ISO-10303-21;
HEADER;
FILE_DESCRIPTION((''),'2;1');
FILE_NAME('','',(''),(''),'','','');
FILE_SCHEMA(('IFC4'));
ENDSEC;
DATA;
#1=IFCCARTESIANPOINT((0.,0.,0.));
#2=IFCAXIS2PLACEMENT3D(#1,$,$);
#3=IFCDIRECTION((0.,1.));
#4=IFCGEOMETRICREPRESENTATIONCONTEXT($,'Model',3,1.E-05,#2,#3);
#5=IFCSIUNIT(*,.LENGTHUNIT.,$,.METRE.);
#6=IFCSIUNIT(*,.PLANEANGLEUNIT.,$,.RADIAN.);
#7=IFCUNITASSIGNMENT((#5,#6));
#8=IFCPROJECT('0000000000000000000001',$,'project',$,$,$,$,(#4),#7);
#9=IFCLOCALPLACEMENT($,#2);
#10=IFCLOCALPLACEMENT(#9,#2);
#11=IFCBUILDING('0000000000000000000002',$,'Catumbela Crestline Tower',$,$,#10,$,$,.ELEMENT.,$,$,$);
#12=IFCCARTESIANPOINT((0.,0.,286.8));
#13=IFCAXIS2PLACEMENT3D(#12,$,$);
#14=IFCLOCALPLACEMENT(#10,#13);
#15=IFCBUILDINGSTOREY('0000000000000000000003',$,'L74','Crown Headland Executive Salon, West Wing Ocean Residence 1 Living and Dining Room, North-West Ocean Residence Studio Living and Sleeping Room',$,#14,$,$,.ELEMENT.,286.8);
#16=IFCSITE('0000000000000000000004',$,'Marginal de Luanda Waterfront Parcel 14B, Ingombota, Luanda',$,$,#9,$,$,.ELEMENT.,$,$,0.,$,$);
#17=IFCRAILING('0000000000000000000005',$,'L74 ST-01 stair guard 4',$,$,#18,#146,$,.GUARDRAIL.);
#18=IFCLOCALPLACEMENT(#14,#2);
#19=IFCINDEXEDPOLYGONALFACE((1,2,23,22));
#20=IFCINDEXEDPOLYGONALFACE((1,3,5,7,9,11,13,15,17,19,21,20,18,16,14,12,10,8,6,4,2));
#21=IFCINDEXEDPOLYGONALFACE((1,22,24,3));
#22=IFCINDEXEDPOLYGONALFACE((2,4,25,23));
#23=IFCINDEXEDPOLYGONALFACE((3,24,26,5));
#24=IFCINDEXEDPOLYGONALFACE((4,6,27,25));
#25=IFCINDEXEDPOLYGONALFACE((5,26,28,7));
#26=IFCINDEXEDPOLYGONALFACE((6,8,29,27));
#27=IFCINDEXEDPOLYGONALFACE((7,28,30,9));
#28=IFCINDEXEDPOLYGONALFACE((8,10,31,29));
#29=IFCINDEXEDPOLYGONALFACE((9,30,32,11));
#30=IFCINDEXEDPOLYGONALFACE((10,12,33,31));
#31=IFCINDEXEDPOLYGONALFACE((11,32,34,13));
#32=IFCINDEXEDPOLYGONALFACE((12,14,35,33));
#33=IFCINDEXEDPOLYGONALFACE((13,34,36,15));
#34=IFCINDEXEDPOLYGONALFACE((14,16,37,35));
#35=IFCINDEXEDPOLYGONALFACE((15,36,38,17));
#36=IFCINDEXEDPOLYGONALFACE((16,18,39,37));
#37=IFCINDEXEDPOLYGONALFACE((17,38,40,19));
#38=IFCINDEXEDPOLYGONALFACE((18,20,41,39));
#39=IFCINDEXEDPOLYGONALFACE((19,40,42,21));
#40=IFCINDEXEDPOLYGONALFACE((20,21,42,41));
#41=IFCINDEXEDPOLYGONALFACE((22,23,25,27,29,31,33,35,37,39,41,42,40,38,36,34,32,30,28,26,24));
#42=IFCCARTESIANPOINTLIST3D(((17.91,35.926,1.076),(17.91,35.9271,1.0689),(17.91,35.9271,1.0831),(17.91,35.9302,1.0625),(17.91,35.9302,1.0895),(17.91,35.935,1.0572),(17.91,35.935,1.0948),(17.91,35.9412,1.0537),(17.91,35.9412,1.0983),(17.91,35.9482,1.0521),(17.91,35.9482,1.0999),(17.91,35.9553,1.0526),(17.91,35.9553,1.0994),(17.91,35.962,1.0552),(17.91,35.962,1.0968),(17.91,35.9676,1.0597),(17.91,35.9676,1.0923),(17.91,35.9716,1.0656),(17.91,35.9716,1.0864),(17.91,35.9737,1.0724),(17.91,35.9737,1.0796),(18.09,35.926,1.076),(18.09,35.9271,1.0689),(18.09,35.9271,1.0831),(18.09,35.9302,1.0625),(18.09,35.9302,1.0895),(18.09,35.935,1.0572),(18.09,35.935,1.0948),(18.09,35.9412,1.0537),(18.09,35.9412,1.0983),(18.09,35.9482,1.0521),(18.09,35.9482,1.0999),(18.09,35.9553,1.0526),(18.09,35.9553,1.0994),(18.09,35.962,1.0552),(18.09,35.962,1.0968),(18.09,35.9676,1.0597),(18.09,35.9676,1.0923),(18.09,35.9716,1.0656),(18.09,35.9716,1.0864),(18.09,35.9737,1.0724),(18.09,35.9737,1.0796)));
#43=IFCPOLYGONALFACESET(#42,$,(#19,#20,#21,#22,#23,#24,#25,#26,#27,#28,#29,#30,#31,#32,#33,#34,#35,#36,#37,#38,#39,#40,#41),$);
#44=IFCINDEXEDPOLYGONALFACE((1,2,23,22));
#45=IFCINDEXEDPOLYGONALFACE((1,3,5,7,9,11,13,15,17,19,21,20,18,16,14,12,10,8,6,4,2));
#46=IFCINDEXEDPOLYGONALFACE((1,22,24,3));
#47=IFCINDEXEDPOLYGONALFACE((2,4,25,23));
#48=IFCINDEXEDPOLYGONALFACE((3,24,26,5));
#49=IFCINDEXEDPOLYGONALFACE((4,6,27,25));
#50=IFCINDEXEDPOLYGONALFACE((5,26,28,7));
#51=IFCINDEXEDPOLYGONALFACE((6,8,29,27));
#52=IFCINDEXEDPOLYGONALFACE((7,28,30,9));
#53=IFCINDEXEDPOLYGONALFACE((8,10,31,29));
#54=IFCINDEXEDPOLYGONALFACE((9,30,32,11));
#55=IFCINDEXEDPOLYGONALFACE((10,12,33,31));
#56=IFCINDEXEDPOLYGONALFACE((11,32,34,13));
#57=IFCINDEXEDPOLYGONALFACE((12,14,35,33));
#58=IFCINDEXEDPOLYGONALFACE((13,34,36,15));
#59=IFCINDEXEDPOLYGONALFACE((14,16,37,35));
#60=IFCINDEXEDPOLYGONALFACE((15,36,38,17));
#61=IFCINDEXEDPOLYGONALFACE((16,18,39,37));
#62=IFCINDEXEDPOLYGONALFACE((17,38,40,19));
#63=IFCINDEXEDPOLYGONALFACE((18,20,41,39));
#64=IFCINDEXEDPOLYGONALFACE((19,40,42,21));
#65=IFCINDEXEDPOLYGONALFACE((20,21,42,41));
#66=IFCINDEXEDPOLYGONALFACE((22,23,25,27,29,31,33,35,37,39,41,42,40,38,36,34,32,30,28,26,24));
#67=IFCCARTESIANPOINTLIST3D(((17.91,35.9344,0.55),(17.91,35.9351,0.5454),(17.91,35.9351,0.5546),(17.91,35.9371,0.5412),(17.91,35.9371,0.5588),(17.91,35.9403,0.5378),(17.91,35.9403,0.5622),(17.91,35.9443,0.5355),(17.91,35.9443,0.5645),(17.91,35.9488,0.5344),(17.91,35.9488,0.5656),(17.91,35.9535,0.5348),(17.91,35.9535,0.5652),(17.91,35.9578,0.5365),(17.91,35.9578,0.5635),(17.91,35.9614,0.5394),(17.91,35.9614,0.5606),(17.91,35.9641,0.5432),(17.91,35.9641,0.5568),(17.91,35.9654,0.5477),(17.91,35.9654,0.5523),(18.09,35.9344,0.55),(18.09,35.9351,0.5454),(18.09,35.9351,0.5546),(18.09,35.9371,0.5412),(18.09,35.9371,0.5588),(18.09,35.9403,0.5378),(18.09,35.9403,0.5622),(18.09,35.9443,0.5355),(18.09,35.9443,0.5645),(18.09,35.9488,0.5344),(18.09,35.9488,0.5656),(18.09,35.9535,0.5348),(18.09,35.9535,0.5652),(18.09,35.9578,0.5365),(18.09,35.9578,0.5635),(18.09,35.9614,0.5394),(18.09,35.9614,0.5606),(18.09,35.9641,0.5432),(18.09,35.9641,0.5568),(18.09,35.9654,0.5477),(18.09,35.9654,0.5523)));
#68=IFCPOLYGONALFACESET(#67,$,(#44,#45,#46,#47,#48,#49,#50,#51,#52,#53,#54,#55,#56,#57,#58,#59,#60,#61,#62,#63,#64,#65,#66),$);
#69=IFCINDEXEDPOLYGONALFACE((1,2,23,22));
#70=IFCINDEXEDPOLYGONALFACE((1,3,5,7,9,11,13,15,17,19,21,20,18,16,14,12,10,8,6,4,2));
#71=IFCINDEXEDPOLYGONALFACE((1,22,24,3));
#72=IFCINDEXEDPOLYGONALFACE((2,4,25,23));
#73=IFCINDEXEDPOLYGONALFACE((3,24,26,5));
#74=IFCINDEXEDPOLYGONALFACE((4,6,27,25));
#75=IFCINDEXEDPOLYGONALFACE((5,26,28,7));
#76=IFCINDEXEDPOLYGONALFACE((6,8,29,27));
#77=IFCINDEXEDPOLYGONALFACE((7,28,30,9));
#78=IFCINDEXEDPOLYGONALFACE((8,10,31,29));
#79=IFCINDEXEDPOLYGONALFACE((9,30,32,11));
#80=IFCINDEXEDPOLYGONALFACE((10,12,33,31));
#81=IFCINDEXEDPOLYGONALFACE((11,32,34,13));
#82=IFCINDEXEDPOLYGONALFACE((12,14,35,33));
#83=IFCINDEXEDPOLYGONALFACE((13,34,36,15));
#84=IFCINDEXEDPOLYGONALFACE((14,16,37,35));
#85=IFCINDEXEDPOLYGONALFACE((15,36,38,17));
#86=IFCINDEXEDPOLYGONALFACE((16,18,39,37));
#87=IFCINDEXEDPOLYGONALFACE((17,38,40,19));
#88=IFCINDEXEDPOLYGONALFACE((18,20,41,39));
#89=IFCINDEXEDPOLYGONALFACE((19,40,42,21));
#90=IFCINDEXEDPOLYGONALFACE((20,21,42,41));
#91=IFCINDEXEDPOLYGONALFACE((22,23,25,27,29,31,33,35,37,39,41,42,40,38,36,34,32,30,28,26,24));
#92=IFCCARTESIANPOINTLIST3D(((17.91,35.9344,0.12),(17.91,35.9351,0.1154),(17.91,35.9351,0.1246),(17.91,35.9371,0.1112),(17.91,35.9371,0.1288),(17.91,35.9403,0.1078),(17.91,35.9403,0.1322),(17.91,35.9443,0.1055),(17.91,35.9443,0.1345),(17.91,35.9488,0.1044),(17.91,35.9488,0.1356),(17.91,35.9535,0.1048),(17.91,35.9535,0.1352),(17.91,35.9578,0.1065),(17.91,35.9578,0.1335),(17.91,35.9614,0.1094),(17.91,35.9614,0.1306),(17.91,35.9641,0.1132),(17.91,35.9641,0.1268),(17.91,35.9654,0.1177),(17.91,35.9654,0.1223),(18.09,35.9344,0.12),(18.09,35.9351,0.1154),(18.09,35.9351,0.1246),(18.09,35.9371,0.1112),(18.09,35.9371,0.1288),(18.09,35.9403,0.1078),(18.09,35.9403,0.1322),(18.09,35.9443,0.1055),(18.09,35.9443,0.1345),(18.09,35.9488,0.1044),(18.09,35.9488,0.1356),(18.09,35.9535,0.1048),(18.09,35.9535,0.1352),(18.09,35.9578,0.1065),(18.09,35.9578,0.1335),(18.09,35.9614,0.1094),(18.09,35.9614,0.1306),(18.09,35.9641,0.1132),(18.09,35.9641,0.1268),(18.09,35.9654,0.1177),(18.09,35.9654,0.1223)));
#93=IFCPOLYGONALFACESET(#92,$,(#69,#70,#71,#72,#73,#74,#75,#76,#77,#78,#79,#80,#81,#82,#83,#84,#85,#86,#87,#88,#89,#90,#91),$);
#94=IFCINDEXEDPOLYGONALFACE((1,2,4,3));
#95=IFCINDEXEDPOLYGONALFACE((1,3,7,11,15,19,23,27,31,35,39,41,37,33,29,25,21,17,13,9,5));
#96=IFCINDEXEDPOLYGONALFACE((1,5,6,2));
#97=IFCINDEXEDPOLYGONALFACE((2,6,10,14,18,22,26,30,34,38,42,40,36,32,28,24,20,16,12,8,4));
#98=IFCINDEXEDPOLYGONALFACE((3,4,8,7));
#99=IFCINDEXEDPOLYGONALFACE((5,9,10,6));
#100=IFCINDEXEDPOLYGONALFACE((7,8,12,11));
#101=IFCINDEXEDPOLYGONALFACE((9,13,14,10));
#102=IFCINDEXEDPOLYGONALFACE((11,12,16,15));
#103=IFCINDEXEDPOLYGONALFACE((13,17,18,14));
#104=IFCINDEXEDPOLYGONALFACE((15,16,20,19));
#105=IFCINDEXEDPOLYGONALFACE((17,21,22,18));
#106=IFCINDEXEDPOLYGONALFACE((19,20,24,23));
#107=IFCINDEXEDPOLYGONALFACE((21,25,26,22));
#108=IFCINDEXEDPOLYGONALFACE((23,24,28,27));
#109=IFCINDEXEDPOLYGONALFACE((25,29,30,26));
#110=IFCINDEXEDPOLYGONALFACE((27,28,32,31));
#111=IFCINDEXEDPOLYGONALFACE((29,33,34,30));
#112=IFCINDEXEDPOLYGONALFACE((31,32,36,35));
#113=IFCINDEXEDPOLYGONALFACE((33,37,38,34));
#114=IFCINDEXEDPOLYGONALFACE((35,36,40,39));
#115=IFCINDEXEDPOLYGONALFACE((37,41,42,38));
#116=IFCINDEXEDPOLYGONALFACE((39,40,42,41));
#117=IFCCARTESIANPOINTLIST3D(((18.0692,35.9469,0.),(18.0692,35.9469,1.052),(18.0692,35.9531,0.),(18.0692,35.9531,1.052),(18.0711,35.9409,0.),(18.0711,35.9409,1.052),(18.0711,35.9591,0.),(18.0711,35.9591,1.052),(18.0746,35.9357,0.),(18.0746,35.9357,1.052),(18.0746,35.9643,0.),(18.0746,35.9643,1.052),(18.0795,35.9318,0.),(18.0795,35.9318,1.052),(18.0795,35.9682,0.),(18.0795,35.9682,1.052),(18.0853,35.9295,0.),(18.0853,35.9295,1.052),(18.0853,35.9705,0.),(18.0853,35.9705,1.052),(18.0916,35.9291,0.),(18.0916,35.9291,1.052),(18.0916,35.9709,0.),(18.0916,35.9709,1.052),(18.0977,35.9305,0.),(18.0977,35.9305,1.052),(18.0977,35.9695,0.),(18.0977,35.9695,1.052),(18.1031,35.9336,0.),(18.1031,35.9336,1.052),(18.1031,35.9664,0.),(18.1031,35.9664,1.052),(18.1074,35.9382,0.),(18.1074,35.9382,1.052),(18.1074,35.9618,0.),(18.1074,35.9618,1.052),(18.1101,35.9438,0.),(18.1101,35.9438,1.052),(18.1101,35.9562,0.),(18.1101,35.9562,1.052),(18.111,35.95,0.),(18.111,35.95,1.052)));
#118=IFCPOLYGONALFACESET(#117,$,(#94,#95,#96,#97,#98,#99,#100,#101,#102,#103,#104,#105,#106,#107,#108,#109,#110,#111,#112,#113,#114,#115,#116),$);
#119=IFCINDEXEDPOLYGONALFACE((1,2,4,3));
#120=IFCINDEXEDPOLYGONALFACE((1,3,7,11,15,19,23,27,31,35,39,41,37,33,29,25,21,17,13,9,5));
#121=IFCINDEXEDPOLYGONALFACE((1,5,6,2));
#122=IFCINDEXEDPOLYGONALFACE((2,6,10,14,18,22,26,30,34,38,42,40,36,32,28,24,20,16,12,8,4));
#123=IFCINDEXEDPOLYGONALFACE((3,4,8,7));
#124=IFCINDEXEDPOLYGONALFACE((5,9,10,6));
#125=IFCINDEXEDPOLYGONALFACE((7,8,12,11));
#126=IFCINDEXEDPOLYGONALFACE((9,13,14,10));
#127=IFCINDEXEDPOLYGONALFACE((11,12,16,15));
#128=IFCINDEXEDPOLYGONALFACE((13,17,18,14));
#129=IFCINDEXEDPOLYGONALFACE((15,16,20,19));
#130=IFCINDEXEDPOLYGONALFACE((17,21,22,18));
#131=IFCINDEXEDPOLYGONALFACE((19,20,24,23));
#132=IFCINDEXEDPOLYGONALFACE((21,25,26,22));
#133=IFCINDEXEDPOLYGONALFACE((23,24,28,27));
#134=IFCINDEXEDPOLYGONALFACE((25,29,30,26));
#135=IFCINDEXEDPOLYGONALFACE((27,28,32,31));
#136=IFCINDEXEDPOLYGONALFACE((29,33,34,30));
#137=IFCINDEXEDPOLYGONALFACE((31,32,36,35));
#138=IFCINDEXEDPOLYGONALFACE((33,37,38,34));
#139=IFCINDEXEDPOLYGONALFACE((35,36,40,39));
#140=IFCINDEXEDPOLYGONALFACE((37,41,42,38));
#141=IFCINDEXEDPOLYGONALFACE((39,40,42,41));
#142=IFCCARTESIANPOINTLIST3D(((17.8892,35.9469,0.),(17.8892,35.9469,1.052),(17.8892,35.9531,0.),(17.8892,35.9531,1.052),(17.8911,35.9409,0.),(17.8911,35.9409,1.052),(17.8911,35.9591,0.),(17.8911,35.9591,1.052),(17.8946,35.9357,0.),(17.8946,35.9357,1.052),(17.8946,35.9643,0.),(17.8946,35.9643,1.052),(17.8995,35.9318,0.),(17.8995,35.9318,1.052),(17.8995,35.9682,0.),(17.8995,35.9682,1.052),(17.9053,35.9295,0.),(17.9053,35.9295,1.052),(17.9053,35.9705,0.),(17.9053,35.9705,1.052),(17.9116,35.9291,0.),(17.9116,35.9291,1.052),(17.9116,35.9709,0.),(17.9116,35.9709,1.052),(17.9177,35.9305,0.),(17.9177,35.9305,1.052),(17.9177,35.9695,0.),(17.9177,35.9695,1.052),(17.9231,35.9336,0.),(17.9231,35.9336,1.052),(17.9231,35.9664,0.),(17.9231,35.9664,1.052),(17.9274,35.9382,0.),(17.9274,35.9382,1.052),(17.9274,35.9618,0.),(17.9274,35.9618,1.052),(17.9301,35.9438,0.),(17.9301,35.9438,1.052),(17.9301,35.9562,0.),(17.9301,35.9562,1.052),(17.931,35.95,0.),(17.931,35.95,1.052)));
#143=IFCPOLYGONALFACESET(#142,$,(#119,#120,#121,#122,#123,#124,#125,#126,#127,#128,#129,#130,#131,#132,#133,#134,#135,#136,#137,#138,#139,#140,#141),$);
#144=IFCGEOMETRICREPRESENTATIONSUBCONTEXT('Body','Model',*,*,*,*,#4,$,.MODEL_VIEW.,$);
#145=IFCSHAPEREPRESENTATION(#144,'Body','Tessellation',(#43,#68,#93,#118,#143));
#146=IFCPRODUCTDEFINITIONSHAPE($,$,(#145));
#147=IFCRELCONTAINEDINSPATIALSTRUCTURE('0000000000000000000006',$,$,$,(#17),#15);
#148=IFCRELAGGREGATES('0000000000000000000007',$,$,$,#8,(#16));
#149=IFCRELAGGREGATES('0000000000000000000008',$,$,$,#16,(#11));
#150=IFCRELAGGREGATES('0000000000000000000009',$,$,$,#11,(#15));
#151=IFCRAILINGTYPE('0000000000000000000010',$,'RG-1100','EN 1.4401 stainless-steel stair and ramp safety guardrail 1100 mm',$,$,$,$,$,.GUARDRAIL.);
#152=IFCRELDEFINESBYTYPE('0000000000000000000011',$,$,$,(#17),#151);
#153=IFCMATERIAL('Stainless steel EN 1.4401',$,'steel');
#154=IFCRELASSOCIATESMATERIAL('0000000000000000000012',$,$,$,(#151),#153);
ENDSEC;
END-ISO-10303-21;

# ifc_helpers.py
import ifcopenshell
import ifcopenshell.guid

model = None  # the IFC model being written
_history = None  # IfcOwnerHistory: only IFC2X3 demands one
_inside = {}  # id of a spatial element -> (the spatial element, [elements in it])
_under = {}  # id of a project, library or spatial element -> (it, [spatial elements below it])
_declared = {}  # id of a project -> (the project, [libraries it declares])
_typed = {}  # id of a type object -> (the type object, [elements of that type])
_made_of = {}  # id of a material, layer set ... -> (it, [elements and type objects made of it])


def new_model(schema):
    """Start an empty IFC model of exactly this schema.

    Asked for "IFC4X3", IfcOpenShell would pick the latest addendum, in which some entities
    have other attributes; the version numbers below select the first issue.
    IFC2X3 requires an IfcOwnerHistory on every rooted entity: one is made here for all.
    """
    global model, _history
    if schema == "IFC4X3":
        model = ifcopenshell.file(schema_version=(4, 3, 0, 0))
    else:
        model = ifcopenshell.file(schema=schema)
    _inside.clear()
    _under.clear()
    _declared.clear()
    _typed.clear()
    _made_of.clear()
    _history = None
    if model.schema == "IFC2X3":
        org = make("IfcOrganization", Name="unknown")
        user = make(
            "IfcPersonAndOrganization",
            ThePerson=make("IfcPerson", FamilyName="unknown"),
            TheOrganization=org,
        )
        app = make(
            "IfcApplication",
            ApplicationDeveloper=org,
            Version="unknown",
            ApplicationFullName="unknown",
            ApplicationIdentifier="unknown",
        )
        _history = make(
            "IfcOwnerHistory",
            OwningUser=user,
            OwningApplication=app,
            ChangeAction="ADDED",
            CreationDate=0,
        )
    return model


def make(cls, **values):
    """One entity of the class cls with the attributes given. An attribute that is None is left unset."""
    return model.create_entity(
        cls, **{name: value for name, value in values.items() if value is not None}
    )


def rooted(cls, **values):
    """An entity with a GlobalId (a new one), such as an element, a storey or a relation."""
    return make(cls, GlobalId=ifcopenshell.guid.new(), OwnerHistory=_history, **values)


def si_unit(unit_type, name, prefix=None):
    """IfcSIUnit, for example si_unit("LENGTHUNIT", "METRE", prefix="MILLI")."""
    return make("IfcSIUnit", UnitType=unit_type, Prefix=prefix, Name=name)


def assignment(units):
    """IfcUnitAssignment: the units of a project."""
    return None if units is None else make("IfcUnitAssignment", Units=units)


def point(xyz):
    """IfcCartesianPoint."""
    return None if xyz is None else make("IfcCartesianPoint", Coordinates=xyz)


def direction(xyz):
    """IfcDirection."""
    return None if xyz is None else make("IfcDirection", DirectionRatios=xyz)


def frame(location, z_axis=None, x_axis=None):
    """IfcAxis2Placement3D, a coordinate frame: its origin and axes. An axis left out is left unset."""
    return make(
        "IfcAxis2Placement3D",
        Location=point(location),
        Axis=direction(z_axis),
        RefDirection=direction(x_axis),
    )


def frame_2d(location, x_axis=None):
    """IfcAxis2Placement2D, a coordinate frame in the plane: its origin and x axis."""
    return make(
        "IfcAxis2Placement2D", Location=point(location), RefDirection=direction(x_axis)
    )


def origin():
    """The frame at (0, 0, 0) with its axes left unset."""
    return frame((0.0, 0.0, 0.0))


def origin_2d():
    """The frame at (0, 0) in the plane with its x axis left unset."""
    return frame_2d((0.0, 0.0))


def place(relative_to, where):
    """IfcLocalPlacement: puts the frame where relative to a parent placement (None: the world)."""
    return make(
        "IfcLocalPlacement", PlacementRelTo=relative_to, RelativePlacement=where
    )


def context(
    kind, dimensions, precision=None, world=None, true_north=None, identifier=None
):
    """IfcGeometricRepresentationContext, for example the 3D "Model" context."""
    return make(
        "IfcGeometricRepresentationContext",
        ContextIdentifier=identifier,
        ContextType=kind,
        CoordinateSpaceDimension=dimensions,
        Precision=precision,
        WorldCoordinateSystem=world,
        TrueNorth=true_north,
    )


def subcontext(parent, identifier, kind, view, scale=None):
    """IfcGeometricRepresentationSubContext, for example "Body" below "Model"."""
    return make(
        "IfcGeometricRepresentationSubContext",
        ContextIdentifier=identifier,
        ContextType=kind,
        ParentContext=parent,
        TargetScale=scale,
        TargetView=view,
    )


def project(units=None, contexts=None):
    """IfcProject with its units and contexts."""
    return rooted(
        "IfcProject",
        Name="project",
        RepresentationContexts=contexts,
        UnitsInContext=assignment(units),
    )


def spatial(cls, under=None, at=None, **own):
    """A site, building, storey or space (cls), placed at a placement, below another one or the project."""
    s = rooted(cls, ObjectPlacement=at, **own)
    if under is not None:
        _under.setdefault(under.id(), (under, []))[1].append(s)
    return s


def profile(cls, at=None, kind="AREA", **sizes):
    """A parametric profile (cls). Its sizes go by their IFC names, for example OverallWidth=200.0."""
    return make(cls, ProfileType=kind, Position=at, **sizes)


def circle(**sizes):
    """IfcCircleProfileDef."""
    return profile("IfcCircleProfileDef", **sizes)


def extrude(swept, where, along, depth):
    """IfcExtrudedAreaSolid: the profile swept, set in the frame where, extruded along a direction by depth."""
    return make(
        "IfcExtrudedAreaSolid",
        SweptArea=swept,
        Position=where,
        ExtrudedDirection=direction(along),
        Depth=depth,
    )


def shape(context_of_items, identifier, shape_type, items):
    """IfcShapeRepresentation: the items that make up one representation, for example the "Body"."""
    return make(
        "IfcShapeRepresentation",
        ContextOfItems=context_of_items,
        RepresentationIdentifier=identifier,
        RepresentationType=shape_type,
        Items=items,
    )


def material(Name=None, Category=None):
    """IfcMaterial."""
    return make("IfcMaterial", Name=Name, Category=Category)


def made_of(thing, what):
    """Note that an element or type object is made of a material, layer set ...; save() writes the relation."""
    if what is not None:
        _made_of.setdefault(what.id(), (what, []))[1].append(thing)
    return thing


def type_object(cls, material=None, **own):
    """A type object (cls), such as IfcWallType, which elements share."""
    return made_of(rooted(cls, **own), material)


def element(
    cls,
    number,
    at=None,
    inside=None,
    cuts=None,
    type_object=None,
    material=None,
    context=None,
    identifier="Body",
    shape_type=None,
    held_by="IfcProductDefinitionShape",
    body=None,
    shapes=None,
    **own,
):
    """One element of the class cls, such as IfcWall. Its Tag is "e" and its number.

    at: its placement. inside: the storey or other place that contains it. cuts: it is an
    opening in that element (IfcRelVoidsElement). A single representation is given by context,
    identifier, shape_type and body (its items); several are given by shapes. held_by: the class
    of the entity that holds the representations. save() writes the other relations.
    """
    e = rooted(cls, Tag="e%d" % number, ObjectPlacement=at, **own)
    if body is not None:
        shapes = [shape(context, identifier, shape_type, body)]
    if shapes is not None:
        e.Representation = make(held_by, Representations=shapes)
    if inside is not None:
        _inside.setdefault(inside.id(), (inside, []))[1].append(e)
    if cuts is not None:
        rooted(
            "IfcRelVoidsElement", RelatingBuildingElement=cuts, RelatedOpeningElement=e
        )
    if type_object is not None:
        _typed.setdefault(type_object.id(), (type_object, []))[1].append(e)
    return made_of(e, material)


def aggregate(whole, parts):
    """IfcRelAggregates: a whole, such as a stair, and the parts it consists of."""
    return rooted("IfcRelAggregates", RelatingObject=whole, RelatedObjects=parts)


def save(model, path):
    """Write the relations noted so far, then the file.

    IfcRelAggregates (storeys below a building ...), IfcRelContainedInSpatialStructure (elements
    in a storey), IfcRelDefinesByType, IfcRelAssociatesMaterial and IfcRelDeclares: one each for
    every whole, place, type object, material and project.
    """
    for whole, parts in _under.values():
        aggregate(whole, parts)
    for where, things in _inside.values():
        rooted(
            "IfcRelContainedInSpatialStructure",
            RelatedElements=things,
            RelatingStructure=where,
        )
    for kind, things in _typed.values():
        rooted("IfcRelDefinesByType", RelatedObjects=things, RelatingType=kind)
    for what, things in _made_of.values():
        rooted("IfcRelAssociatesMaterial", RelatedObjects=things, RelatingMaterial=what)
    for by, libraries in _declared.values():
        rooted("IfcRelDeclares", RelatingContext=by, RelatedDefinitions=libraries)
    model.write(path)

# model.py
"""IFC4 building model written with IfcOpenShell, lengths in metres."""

from ifc_helpers import new_model, si_unit, direction, frame, origin, origin_2d, place, context, subcontext, project, spatial, circle, extrude, material, type_object, element, save


model = new_model("IFC4")

# Units and contexts
model_context = context("Model", 3, precision=1e-05, world=origin(), true_north=direction((0.0, 1.0)))
body_context = subcontext(model_context, "Body", "Model", "MODEL_VIEW")
ifc_project = project(units=[si_unit("LENGTHUNIT", "METRE"), si_unit("PLANEANGLEUNIT", "RADIAN")], contexts=[model_context])

# Site, building, storey
site_placement = place(None, origin())
site = spatial("IfcSite", under=ifc_project, at=site_placement, Name="Marginal de Luanda Waterfront Parcel 14B, Ingombota, Luanda", CompositionType="ELEMENT", RefElevation=0.0)
building_placement = place(site_placement, origin())
building = spatial("IfcBuilding", under=site, at=building_placement, Name="Catumbela Crestline Tower", CompositionType="ELEMENT")
storey_placement = place(building_placement, frame((0.0, 0.0, 286.8)))
storey = spatial("IfcBuildingStorey", under=building, at=storey_placement, Name="L74", Description="Crown Headland Executive Salon, West Wing Ocean Residence 1 Living and Dining Room, North-West Ocean Residence Studio Living and Sleeping Room", CompositionType="ELEMENT", Elevation=286.8)

# Shared definitions
ifc_material_1 = material(Name="Stainless steel EN 1.4401", Category="steel")

# Railing
railing_type_1 = type_object("IfcRailingType", Name="RG-1100", Description="EN 1.4401 stainless-steel stair and ramp safety guardrail 1100 mm", PredefinedType="GUARDRAIL", material=ifc_material_1)
railing_1_placement = place(storey_placement, frame((18.09, 35.95, 0.0)))
element("IfcRailing", 1, at=railing_1_placement, inside=storey, type_object=railing_type_1, Name="L74 ST-01 stair guard 4", PredefinedType="GUARDRAIL", context=body_context, shape_type="SweptSolid", body=[
    extrude(circle(Radius=0.024, at=origin_2d()), frame((0.0, 0.0, 1.076), z_axis=(-1.0, 0.0, 0.0), x_axis=(0.0, -1.0, 0.0)), (0.0, 0.0, 1.0), 0.18),
    extrude(circle(Radius=0.0156, at=origin_2d()), frame((0.0, 0.0, 0.55), z_axis=(-1.0, 0.0, 0.0), x_axis=(0.0, -1.0, 0.0)), (0.0, 0.0, 1.0), 0.18),
    extrude(circle(Radius=0.0156, at=origin_2d()), frame((0.0, 0.0, 0.12), z_axis=(-1.0, 0.0, 0.0), x_axis=(0.0, -1.0, 0.0)), (0.0, 0.0, 1.0), 0.18),
    extrude(circle(Radius=0.021, at=origin_2d()), origin(), (0.0, 0.0, 1.0), 1.052),
    extrude(circle(Radius=0.021, at=origin_2d()), frame((-0.18, 0.0, 0.0)), (0.0, 0.0, 1.0), 1.052),
])

save(model, "model.ifc")
